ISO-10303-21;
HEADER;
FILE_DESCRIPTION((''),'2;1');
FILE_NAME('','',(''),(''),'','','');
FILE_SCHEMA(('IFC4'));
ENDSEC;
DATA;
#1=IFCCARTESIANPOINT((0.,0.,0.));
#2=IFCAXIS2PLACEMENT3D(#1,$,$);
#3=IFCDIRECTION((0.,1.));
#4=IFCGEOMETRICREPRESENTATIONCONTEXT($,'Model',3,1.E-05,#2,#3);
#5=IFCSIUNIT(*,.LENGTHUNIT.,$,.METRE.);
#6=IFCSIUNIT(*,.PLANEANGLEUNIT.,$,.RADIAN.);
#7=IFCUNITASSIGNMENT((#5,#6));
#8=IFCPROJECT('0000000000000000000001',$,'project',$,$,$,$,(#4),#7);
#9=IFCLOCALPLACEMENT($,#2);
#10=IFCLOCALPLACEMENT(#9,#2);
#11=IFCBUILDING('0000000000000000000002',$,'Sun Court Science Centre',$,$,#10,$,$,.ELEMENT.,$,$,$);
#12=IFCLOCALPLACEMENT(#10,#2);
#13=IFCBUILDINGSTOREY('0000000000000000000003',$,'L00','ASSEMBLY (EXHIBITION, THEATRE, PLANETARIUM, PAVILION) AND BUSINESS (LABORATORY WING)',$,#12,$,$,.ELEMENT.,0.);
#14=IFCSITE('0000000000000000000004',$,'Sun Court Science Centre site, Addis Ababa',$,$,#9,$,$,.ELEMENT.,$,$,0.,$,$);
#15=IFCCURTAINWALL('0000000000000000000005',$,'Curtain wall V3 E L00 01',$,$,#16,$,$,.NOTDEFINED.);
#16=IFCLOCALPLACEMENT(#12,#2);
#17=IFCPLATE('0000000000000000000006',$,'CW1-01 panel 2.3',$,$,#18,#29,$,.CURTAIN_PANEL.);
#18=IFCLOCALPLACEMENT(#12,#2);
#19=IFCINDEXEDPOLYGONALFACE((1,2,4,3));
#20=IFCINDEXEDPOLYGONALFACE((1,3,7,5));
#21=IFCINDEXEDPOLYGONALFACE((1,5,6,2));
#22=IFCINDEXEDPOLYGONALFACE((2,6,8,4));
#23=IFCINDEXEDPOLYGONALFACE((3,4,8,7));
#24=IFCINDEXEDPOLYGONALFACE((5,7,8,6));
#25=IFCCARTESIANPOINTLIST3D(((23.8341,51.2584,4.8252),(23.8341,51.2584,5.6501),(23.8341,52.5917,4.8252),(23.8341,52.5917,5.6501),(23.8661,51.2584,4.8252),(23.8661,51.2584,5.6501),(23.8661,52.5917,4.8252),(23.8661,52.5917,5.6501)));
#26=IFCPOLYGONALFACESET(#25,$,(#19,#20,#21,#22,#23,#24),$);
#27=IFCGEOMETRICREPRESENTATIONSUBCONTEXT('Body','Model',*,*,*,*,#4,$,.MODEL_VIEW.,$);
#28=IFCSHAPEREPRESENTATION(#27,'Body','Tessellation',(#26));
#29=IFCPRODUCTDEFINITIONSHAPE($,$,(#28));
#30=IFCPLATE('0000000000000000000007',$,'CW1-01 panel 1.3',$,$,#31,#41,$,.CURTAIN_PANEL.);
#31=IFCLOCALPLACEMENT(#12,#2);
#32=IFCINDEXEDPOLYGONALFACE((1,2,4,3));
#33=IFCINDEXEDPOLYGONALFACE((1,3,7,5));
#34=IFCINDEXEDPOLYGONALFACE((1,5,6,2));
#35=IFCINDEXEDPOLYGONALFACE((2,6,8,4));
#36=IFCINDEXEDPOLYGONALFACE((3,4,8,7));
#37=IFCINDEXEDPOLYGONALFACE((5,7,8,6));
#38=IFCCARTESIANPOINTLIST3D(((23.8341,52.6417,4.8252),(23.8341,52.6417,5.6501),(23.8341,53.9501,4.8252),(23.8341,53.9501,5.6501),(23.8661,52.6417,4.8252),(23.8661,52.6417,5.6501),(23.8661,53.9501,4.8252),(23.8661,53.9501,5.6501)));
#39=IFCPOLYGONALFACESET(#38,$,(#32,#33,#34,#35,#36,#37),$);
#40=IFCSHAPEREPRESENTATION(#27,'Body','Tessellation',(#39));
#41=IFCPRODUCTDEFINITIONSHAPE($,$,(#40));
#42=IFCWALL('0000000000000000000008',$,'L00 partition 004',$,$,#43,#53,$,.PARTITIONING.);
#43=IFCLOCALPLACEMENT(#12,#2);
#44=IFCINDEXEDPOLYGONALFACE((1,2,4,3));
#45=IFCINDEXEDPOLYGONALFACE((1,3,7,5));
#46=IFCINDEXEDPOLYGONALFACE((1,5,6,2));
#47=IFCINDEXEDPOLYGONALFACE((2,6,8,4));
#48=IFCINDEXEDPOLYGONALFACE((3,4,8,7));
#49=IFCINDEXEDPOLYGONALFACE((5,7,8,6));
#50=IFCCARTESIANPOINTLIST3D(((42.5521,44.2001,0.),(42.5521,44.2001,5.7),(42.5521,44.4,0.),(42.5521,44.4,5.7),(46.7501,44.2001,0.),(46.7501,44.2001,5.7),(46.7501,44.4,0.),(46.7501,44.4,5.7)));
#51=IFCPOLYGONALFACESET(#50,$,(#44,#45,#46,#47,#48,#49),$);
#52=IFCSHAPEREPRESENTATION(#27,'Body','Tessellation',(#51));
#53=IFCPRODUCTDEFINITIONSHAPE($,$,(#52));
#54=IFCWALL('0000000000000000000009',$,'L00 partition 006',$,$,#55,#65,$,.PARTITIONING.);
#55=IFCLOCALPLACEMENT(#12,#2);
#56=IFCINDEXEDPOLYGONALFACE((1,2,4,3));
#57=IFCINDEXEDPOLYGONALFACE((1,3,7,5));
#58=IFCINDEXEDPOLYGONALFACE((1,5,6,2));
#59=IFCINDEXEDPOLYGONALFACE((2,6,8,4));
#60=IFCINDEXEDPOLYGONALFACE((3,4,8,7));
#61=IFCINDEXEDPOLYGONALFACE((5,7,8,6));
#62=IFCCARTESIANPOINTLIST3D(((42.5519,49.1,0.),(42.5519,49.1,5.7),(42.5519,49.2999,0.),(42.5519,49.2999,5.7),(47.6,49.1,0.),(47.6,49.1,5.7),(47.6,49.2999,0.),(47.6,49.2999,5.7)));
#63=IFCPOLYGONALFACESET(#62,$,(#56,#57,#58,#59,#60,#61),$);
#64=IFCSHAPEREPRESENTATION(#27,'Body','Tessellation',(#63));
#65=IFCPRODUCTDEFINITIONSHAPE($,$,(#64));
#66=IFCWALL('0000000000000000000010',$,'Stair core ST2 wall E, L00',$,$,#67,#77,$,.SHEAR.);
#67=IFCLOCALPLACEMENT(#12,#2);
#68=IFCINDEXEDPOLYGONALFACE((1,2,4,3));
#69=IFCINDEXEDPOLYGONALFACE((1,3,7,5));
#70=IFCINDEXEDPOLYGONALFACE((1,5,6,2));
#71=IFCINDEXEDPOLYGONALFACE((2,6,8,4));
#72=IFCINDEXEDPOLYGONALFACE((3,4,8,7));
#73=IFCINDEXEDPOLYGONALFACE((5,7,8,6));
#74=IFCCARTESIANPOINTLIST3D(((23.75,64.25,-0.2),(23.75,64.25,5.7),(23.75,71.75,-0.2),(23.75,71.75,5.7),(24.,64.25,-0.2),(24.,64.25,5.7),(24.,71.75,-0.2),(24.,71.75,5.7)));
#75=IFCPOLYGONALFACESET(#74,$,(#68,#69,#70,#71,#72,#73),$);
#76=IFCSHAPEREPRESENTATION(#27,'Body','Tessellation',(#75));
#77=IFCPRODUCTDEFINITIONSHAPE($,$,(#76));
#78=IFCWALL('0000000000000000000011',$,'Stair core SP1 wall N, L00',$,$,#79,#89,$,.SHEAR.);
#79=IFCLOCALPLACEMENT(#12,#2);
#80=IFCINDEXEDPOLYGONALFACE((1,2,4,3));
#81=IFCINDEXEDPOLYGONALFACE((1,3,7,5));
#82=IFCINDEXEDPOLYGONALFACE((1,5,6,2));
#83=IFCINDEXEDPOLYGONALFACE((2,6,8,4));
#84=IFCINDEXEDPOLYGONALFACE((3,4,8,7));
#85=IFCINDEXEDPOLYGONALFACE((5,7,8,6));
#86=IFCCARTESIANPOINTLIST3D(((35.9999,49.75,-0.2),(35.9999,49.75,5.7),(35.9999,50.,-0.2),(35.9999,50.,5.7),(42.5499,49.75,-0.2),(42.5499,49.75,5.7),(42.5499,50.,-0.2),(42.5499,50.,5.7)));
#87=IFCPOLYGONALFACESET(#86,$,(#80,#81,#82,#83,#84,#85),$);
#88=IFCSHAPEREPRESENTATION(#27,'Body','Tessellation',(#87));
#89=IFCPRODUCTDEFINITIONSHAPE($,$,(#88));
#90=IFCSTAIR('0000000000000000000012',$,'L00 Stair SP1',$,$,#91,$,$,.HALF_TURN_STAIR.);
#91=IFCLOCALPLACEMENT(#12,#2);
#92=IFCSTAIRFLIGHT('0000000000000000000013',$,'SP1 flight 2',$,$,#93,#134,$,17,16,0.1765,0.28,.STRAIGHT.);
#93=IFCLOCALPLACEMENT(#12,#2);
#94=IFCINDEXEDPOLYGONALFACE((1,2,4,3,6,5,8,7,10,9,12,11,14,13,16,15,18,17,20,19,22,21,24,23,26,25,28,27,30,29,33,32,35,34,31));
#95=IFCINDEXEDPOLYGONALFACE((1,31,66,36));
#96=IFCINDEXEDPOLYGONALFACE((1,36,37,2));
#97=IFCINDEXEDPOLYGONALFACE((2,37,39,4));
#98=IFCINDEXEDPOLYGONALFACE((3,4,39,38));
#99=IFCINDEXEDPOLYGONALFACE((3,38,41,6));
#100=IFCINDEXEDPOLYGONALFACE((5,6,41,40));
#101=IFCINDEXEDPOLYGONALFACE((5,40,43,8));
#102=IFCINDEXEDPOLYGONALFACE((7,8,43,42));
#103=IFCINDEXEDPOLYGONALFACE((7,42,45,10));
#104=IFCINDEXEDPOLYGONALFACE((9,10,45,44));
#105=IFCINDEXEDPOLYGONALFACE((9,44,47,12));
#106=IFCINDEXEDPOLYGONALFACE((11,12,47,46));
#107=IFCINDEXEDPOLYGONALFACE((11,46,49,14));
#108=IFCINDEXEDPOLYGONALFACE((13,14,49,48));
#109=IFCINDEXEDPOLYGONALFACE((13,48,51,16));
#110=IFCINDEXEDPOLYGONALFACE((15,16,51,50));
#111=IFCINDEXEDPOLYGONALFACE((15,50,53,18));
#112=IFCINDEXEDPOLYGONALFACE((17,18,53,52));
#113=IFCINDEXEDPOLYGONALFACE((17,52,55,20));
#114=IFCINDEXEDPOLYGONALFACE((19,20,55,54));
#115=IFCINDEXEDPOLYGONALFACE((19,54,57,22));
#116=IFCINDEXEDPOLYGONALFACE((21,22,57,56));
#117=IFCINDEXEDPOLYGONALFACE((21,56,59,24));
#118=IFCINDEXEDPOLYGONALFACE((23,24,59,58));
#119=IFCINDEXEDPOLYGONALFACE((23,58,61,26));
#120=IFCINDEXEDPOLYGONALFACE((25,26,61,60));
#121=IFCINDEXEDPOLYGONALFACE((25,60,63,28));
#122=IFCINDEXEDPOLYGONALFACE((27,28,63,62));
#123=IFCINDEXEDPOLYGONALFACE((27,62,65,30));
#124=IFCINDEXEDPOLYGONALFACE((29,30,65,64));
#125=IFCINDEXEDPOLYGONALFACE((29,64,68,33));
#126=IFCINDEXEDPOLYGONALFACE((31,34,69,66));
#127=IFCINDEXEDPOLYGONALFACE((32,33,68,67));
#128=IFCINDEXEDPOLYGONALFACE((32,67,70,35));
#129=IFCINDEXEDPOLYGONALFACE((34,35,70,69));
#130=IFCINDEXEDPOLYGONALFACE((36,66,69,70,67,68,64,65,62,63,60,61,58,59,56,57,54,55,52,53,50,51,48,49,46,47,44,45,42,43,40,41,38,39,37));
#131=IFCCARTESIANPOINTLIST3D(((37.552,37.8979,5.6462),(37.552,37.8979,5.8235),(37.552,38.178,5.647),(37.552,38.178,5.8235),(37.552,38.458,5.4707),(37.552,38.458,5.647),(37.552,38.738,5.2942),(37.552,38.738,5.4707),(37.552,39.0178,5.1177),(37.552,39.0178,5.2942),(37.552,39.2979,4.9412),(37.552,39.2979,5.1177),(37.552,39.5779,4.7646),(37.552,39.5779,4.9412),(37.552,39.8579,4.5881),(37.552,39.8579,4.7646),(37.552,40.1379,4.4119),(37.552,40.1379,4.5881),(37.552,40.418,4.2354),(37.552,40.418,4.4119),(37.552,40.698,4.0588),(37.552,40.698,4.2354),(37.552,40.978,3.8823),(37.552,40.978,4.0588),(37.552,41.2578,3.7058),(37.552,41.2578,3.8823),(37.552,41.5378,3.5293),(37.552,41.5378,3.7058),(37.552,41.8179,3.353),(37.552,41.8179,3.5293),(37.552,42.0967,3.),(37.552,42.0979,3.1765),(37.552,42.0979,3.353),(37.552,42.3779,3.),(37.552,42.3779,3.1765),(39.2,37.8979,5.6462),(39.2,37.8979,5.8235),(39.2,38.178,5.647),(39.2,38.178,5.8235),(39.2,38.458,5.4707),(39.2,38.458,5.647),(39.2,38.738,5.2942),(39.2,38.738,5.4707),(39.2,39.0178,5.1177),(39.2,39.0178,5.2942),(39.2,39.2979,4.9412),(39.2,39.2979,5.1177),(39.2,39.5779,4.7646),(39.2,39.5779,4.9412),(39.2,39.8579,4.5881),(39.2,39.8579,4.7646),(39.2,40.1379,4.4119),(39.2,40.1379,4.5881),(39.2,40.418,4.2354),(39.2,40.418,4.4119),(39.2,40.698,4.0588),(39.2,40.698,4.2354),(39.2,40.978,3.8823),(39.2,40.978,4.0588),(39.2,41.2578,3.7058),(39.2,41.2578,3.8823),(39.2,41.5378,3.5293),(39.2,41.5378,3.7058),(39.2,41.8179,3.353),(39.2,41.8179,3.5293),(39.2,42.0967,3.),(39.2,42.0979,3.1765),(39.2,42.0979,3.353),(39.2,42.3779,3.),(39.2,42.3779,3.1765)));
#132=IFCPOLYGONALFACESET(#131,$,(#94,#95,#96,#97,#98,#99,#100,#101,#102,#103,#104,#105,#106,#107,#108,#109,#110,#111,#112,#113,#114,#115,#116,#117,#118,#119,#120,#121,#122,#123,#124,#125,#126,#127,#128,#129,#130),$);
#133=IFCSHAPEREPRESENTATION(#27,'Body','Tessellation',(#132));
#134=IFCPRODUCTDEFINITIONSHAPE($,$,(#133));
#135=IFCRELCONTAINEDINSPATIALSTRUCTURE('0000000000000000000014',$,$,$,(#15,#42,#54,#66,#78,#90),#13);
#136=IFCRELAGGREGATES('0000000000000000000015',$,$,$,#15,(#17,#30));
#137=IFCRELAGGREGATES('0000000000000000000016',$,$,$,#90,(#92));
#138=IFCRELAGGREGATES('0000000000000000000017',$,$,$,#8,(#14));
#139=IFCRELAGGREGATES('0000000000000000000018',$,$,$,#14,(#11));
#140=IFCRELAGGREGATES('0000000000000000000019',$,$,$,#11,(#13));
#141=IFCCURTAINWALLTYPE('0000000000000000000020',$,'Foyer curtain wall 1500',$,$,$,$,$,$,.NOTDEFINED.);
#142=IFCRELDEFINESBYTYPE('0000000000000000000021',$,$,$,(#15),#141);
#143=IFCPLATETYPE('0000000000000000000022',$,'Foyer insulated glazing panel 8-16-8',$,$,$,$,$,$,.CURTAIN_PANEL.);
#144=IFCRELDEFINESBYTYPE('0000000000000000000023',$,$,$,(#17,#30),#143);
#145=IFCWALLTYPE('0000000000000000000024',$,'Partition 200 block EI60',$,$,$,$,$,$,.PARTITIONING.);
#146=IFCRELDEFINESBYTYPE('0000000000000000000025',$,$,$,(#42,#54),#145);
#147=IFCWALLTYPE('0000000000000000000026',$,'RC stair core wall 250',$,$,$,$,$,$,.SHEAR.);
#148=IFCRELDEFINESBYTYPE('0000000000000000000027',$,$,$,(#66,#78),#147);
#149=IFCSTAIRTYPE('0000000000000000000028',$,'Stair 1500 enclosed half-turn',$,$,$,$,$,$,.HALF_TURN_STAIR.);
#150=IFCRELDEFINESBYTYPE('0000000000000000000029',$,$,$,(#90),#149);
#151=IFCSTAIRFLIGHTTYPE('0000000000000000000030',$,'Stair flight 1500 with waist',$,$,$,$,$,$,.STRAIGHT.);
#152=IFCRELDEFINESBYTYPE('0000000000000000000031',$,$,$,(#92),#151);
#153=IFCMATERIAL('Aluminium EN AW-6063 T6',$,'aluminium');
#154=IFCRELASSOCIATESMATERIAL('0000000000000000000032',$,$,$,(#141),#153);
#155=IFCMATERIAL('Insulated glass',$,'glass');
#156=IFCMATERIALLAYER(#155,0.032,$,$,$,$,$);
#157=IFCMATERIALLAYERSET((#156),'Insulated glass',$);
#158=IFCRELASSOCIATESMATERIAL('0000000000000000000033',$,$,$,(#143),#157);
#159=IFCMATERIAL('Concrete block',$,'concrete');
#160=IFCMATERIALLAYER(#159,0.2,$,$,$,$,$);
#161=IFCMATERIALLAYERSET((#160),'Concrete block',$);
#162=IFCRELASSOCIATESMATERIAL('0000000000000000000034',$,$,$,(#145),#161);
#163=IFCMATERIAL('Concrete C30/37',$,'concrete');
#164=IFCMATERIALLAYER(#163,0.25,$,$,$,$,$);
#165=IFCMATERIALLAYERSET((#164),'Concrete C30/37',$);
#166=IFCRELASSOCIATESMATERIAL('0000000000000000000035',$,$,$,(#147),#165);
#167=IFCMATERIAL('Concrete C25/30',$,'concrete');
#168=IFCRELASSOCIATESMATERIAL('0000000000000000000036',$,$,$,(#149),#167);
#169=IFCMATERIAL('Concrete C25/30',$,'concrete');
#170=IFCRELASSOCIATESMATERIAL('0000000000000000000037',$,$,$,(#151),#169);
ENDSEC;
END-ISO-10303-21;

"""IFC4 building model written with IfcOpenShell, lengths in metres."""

from ifc_helpers import new_model, si_unit, direction, frame, frame_2d, origin, origin_2d, place, context, subcontext, project, spatial, polyline, rectangle, outline, extrude, material, layer, layer_set, type_object, element, aggregate, save


model = new_model("IFC4")

# Units and contexts
model_context = context("Model", 3, precision=1e-05, world=origin(), true_north=direction((0.0, 1.0)))
body_context = subcontext(model_context, "Body", "Model", "MODEL_VIEW")
ifc_project = project(units=[si_unit("LENGTHUNIT", "METRE"), si_unit("PLANEANGLEUNIT", "RADIAN")], contexts=[model_context])

# Site, building, storey
site_placement = place(None, origin())
site = spatial("IfcSite", under=ifc_project, at=site_placement, Name="Sun Court Science Centre site, Addis Ababa", CompositionType="ELEMENT", RefElevation=0.0)
building_placement = place(site_placement, origin())
building = spatial("IfcBuilding", under=site, at=building_placement, Name="Sun Court Science Centre", CompositionType="ELEMENT")
storey_placement = place(building_placement, origin())
storey = spatial("IfcBuildingStorey", under=building, at=storey_placement, Name="L00", Description="ASSEMBLY (EXHIBITION, THEATRE, PLANETARIUM, PAVILION) AND BUSINESS (LABORATORY WING)", CompositionType="ELEMENT", Elevation=0.0)

# Curtain wall
ifc_material_1 = material(Name="Aluminium EN AW-6063 T6", Category="aluminium")
curtain_wall_type_1 = type_object("IfcCurtainWallType", Name="Foyer curtain wall 1500", PredefinedType="NOTDEFINED", material=ifc_material_1)
curtain_wall_1_placement = place(storey_placement, origin())
curtain_wall_1 = element("IfcCurtainWall", 1, at=curtain_wall_1_placement, inside=storey, type_object=curtain_wall_type_1, Name="Curtain wall V3 E L00 01", PredefinedType="NOTDEFINED")

# Plates
ifc_material_2 = material(Name="Insulated glass", Category="glass")
ifc_layer_1 = layer(ifc_material_2, 0.032)
ifc_layer_set_1 = layer_set([ifc_layer_1], Name="Insulated glass")
plate_type = type_object("IfcPlateType", Name="Foyer insulated glazing panel 8-16-8", PredefinedType="CURTAIN_PANEL", material=ifc_layer_set_1)
plate_1_placement = place(storey_placement, frame((23.8501, 51.925, 4.8252), z_axis=(0.0, 0.0, 1.0), x_axis=(0.0, -1.0, 0.0)))
plate_1 = element("IfcPlate", 2, at=plate_1_placement, type_object=plate_type, Name="CW1-01 panel 2.3", PredefinedType="CURTAIN_PANEL", context=body_context, shape_type="SweptSolid", body=[
    extrude(rectangle(XDim=1.3333, YDim=0.032, at=origin_2d()), origin(), (0.0, 0.0, 1.0), 0.825),
])
plate_2_placement = place(storey_placement, frame((23.8501, 53.2959, 4.8252), z_axis=(0.0, 0.0, 1.0), x_axis=(0.0, -1.0, 0.0)))
plate_2 = element("IfcPlate", 3, at=plate_2_placement, type_object=plate_type, Name="CW1-01 panel 1.3", PredefinedType="CURTAIN_PANEL", context=body_context, shape_type="SweptSolid", body=[
    extrude(rectangle(XDim=1.3083, YDim=0.032, at=origin_2d()), origin(), (0.0, 0.0, 1.0), 0.825),
])
aggregate(curtain_wall_1, [plate_1, plate_2])

# Walls
ifc_material_3 = material(Name="Concrete block", Category="concrete")
ifc_layer_2 = layer(ifc_material_3, 0.2)
ifc_layer_set_2 = layer_set([ifc_layer_2], Name="Concrete block")
wall_type_1 = type_object("IfcWallType", Name="Partition 200 block EI60", PredefinedType="PARTITIONING", material=ifc_layer_set_2)
wall_1_placement = place(storey_placement, frame((42.552, 44.3, 0.0), z_axis=(0.0, 0.0, 1.0), x_axis=(1.0, 0.0, 0.0)))
element("IfcWall", 4, at=wall_1_placement, inside=storey, type_object=wall_type_1, Name="L00 partition 004", PredefinedType="PARTITIONING", context=body_context, shape_type="SweptSolid", body=[
    extrude(rectangle(XDim=4.198, YDim=0.2, at=frame_2d((2.0991, 0.0))), origin(), (0.0, 0.0, 1.0), 5.7),
])
wall_2_placement = place(storey_placement, frame((42.552, 49.2, 0.0), z_axis=(0.0, 0.0, 1.0), x_axis=(1.0, 0.0, 0.0)))
element("IfcWall", 5, at=wall_2_placement, inside=storey, type_object=wall_type_1, Name="L00 partition 006", PredefinedType="PARTITIONING", context=body_context, shape_type="SweptSolid", body=[
    extrude(rectangle(XDim=5.0481, YDim=0.2, at=frame_2d((2.5239, 0.0))), origin(), (0.0, 0.0, 1.0), 5.7),
])
ifc_material_4 = material(Name="Concrete C30/37", Category="concrete")
ifc_layer_3 = layer(ifc_material_4, 0.25)
ifc_layer_set_3 = layer_set([ifc_layer_3], Name="Concrete C30/37")
wall_type_2 = type_object("IfcWallType", Name="RC stair core wall 250", PredefinedType="SHEAR", material=ifc_layer_set_3)
wall_3_placement = place(storey_placement, frame((23.875, 64.25, -0.2), z_axis=(0.0, 0.0, 1.0), x_axis=(0.0, 1.0, 0.0)))
element("IfcWall", 6, at=wall_3_placement, inside=storey, type_object=wall_type_2, Name="Stair core ST2 wall E, L00", PredefinedType="SHEAR", context=body_context, shape_type="SweptSolid", body=[
    extrude(rectangle(XDim=7.5, YDim=0.25, at=frame_2d((3.75, 0.0))), origin(), (0.0, 0.0, 1.0), 5.8999),
])
wall_4_placement = place(storey_placement, frame((36.0, 49.875, -0.2), z_axis=(0.0, 0.0, 1.0), x_axis=(1.0, 0.0, 0.0)))
element("IfcWall", 7, at=wall_4_placement, inside=storey, type_object=wall_type_2, Name="Stair core SP1 wall N, L00", PredefinedType="SHEAR", context=body_context, shape_type="SweptSolid", body=[
    extrude(rectangle(XDim=6.55, YDim=0.25, at=frame_2d((3.2749, 0.0))), origin(), (0.0, 0.0, 1.0), 5.8999),
])

# Stair, stair flight
ifc_material_5 = material(Name="Concrete C25/30", Category="concrete")
stair_type = type_object("IfcStairType", Name="Stair 1500 enclosed half-turn", PredefinedType="HALF_TURN_STAIR", material=ifc_material_5)
stair_placement = place(storey_placement, origin())
stair = element("IfcStair", 8, at=stair_placement, inside=storey, type_object=stair_type, Name="L00 Stair SP1", PredefinedType="HALF_TURN_STAIR")
ifc_material_6 = material(Name="Concrete C25/30", Category="concrete")
stair_flight_type = type_object("IfcStairFlightType", Name="Stair flight 1500 with waist", PredefinedType="STRAIGHT", material=ifc_material_6)
stair_flight_placement = place(storey_placement, frame((38.376, 42.3779, 3.0), z_axis=(0.0, 0.0, 1.0), x_axis=(0.0, -1.0, 0.0)))
stair_flight = element("IfcStairFlight", 9, at=stair_flight_placement, type_object=stair_flight_type, Name="SP1 flight 2", NumberOfRisers=17, NumberOfTreads=16, PredefinedType="STRAIGHT", RiserHeight=0.1765, TreadLength=0.28, context=body_context, shape_type="SweptSolid", body=[
    extrude(outline(polyline([(0.0, 0.0), (0.0, 0.1765), (0.28, 0.1765), (0.28, 0.353), (0.5601, 0.353), (0.5601, 0.5293), (0.8401, 0.5293), (0.8401, 0.7058), (1.1201, 0.7058), (1.1201, 0.8823), (1.3999, 0.8823), (1.3999, 1.0588), (1.6799, 1.0588), (1.6799, 1.2354), (1.96, 1.2354), (1.96, 1.4119), (2.24, 1.4119), (2.24, 1.5881), (2.52, 1.5881), (2.52, 1.7646), (2.8, 1.7646), (2.8, 1.9412), (3.0801, 1.9412), (3.0801, 2.1177), (3.3601, 2.1177), (3.3601, 2.2942), (3.6399, 2.2942), (3.6399, 2.4707), (3.9199, 2.4707), (3.9199, 2.647), (4.2, 2.647), (4.2, 2.8235), (4.48, 2.8235), (4.48, 3.0), (4.48, 2.6462), (0.2812, 0.0), (0.0, 0.0)])), frame((0.0, 0.824, 0.0), z_axis=(0.0, -1.0, 0.0), x_axis=(1.0, 0.0, 0.0)), (0.0, 0.0, 1.0), 1.6479),
])
aggregate(stair, [stair_flight])

save(model, "model.ifc")
